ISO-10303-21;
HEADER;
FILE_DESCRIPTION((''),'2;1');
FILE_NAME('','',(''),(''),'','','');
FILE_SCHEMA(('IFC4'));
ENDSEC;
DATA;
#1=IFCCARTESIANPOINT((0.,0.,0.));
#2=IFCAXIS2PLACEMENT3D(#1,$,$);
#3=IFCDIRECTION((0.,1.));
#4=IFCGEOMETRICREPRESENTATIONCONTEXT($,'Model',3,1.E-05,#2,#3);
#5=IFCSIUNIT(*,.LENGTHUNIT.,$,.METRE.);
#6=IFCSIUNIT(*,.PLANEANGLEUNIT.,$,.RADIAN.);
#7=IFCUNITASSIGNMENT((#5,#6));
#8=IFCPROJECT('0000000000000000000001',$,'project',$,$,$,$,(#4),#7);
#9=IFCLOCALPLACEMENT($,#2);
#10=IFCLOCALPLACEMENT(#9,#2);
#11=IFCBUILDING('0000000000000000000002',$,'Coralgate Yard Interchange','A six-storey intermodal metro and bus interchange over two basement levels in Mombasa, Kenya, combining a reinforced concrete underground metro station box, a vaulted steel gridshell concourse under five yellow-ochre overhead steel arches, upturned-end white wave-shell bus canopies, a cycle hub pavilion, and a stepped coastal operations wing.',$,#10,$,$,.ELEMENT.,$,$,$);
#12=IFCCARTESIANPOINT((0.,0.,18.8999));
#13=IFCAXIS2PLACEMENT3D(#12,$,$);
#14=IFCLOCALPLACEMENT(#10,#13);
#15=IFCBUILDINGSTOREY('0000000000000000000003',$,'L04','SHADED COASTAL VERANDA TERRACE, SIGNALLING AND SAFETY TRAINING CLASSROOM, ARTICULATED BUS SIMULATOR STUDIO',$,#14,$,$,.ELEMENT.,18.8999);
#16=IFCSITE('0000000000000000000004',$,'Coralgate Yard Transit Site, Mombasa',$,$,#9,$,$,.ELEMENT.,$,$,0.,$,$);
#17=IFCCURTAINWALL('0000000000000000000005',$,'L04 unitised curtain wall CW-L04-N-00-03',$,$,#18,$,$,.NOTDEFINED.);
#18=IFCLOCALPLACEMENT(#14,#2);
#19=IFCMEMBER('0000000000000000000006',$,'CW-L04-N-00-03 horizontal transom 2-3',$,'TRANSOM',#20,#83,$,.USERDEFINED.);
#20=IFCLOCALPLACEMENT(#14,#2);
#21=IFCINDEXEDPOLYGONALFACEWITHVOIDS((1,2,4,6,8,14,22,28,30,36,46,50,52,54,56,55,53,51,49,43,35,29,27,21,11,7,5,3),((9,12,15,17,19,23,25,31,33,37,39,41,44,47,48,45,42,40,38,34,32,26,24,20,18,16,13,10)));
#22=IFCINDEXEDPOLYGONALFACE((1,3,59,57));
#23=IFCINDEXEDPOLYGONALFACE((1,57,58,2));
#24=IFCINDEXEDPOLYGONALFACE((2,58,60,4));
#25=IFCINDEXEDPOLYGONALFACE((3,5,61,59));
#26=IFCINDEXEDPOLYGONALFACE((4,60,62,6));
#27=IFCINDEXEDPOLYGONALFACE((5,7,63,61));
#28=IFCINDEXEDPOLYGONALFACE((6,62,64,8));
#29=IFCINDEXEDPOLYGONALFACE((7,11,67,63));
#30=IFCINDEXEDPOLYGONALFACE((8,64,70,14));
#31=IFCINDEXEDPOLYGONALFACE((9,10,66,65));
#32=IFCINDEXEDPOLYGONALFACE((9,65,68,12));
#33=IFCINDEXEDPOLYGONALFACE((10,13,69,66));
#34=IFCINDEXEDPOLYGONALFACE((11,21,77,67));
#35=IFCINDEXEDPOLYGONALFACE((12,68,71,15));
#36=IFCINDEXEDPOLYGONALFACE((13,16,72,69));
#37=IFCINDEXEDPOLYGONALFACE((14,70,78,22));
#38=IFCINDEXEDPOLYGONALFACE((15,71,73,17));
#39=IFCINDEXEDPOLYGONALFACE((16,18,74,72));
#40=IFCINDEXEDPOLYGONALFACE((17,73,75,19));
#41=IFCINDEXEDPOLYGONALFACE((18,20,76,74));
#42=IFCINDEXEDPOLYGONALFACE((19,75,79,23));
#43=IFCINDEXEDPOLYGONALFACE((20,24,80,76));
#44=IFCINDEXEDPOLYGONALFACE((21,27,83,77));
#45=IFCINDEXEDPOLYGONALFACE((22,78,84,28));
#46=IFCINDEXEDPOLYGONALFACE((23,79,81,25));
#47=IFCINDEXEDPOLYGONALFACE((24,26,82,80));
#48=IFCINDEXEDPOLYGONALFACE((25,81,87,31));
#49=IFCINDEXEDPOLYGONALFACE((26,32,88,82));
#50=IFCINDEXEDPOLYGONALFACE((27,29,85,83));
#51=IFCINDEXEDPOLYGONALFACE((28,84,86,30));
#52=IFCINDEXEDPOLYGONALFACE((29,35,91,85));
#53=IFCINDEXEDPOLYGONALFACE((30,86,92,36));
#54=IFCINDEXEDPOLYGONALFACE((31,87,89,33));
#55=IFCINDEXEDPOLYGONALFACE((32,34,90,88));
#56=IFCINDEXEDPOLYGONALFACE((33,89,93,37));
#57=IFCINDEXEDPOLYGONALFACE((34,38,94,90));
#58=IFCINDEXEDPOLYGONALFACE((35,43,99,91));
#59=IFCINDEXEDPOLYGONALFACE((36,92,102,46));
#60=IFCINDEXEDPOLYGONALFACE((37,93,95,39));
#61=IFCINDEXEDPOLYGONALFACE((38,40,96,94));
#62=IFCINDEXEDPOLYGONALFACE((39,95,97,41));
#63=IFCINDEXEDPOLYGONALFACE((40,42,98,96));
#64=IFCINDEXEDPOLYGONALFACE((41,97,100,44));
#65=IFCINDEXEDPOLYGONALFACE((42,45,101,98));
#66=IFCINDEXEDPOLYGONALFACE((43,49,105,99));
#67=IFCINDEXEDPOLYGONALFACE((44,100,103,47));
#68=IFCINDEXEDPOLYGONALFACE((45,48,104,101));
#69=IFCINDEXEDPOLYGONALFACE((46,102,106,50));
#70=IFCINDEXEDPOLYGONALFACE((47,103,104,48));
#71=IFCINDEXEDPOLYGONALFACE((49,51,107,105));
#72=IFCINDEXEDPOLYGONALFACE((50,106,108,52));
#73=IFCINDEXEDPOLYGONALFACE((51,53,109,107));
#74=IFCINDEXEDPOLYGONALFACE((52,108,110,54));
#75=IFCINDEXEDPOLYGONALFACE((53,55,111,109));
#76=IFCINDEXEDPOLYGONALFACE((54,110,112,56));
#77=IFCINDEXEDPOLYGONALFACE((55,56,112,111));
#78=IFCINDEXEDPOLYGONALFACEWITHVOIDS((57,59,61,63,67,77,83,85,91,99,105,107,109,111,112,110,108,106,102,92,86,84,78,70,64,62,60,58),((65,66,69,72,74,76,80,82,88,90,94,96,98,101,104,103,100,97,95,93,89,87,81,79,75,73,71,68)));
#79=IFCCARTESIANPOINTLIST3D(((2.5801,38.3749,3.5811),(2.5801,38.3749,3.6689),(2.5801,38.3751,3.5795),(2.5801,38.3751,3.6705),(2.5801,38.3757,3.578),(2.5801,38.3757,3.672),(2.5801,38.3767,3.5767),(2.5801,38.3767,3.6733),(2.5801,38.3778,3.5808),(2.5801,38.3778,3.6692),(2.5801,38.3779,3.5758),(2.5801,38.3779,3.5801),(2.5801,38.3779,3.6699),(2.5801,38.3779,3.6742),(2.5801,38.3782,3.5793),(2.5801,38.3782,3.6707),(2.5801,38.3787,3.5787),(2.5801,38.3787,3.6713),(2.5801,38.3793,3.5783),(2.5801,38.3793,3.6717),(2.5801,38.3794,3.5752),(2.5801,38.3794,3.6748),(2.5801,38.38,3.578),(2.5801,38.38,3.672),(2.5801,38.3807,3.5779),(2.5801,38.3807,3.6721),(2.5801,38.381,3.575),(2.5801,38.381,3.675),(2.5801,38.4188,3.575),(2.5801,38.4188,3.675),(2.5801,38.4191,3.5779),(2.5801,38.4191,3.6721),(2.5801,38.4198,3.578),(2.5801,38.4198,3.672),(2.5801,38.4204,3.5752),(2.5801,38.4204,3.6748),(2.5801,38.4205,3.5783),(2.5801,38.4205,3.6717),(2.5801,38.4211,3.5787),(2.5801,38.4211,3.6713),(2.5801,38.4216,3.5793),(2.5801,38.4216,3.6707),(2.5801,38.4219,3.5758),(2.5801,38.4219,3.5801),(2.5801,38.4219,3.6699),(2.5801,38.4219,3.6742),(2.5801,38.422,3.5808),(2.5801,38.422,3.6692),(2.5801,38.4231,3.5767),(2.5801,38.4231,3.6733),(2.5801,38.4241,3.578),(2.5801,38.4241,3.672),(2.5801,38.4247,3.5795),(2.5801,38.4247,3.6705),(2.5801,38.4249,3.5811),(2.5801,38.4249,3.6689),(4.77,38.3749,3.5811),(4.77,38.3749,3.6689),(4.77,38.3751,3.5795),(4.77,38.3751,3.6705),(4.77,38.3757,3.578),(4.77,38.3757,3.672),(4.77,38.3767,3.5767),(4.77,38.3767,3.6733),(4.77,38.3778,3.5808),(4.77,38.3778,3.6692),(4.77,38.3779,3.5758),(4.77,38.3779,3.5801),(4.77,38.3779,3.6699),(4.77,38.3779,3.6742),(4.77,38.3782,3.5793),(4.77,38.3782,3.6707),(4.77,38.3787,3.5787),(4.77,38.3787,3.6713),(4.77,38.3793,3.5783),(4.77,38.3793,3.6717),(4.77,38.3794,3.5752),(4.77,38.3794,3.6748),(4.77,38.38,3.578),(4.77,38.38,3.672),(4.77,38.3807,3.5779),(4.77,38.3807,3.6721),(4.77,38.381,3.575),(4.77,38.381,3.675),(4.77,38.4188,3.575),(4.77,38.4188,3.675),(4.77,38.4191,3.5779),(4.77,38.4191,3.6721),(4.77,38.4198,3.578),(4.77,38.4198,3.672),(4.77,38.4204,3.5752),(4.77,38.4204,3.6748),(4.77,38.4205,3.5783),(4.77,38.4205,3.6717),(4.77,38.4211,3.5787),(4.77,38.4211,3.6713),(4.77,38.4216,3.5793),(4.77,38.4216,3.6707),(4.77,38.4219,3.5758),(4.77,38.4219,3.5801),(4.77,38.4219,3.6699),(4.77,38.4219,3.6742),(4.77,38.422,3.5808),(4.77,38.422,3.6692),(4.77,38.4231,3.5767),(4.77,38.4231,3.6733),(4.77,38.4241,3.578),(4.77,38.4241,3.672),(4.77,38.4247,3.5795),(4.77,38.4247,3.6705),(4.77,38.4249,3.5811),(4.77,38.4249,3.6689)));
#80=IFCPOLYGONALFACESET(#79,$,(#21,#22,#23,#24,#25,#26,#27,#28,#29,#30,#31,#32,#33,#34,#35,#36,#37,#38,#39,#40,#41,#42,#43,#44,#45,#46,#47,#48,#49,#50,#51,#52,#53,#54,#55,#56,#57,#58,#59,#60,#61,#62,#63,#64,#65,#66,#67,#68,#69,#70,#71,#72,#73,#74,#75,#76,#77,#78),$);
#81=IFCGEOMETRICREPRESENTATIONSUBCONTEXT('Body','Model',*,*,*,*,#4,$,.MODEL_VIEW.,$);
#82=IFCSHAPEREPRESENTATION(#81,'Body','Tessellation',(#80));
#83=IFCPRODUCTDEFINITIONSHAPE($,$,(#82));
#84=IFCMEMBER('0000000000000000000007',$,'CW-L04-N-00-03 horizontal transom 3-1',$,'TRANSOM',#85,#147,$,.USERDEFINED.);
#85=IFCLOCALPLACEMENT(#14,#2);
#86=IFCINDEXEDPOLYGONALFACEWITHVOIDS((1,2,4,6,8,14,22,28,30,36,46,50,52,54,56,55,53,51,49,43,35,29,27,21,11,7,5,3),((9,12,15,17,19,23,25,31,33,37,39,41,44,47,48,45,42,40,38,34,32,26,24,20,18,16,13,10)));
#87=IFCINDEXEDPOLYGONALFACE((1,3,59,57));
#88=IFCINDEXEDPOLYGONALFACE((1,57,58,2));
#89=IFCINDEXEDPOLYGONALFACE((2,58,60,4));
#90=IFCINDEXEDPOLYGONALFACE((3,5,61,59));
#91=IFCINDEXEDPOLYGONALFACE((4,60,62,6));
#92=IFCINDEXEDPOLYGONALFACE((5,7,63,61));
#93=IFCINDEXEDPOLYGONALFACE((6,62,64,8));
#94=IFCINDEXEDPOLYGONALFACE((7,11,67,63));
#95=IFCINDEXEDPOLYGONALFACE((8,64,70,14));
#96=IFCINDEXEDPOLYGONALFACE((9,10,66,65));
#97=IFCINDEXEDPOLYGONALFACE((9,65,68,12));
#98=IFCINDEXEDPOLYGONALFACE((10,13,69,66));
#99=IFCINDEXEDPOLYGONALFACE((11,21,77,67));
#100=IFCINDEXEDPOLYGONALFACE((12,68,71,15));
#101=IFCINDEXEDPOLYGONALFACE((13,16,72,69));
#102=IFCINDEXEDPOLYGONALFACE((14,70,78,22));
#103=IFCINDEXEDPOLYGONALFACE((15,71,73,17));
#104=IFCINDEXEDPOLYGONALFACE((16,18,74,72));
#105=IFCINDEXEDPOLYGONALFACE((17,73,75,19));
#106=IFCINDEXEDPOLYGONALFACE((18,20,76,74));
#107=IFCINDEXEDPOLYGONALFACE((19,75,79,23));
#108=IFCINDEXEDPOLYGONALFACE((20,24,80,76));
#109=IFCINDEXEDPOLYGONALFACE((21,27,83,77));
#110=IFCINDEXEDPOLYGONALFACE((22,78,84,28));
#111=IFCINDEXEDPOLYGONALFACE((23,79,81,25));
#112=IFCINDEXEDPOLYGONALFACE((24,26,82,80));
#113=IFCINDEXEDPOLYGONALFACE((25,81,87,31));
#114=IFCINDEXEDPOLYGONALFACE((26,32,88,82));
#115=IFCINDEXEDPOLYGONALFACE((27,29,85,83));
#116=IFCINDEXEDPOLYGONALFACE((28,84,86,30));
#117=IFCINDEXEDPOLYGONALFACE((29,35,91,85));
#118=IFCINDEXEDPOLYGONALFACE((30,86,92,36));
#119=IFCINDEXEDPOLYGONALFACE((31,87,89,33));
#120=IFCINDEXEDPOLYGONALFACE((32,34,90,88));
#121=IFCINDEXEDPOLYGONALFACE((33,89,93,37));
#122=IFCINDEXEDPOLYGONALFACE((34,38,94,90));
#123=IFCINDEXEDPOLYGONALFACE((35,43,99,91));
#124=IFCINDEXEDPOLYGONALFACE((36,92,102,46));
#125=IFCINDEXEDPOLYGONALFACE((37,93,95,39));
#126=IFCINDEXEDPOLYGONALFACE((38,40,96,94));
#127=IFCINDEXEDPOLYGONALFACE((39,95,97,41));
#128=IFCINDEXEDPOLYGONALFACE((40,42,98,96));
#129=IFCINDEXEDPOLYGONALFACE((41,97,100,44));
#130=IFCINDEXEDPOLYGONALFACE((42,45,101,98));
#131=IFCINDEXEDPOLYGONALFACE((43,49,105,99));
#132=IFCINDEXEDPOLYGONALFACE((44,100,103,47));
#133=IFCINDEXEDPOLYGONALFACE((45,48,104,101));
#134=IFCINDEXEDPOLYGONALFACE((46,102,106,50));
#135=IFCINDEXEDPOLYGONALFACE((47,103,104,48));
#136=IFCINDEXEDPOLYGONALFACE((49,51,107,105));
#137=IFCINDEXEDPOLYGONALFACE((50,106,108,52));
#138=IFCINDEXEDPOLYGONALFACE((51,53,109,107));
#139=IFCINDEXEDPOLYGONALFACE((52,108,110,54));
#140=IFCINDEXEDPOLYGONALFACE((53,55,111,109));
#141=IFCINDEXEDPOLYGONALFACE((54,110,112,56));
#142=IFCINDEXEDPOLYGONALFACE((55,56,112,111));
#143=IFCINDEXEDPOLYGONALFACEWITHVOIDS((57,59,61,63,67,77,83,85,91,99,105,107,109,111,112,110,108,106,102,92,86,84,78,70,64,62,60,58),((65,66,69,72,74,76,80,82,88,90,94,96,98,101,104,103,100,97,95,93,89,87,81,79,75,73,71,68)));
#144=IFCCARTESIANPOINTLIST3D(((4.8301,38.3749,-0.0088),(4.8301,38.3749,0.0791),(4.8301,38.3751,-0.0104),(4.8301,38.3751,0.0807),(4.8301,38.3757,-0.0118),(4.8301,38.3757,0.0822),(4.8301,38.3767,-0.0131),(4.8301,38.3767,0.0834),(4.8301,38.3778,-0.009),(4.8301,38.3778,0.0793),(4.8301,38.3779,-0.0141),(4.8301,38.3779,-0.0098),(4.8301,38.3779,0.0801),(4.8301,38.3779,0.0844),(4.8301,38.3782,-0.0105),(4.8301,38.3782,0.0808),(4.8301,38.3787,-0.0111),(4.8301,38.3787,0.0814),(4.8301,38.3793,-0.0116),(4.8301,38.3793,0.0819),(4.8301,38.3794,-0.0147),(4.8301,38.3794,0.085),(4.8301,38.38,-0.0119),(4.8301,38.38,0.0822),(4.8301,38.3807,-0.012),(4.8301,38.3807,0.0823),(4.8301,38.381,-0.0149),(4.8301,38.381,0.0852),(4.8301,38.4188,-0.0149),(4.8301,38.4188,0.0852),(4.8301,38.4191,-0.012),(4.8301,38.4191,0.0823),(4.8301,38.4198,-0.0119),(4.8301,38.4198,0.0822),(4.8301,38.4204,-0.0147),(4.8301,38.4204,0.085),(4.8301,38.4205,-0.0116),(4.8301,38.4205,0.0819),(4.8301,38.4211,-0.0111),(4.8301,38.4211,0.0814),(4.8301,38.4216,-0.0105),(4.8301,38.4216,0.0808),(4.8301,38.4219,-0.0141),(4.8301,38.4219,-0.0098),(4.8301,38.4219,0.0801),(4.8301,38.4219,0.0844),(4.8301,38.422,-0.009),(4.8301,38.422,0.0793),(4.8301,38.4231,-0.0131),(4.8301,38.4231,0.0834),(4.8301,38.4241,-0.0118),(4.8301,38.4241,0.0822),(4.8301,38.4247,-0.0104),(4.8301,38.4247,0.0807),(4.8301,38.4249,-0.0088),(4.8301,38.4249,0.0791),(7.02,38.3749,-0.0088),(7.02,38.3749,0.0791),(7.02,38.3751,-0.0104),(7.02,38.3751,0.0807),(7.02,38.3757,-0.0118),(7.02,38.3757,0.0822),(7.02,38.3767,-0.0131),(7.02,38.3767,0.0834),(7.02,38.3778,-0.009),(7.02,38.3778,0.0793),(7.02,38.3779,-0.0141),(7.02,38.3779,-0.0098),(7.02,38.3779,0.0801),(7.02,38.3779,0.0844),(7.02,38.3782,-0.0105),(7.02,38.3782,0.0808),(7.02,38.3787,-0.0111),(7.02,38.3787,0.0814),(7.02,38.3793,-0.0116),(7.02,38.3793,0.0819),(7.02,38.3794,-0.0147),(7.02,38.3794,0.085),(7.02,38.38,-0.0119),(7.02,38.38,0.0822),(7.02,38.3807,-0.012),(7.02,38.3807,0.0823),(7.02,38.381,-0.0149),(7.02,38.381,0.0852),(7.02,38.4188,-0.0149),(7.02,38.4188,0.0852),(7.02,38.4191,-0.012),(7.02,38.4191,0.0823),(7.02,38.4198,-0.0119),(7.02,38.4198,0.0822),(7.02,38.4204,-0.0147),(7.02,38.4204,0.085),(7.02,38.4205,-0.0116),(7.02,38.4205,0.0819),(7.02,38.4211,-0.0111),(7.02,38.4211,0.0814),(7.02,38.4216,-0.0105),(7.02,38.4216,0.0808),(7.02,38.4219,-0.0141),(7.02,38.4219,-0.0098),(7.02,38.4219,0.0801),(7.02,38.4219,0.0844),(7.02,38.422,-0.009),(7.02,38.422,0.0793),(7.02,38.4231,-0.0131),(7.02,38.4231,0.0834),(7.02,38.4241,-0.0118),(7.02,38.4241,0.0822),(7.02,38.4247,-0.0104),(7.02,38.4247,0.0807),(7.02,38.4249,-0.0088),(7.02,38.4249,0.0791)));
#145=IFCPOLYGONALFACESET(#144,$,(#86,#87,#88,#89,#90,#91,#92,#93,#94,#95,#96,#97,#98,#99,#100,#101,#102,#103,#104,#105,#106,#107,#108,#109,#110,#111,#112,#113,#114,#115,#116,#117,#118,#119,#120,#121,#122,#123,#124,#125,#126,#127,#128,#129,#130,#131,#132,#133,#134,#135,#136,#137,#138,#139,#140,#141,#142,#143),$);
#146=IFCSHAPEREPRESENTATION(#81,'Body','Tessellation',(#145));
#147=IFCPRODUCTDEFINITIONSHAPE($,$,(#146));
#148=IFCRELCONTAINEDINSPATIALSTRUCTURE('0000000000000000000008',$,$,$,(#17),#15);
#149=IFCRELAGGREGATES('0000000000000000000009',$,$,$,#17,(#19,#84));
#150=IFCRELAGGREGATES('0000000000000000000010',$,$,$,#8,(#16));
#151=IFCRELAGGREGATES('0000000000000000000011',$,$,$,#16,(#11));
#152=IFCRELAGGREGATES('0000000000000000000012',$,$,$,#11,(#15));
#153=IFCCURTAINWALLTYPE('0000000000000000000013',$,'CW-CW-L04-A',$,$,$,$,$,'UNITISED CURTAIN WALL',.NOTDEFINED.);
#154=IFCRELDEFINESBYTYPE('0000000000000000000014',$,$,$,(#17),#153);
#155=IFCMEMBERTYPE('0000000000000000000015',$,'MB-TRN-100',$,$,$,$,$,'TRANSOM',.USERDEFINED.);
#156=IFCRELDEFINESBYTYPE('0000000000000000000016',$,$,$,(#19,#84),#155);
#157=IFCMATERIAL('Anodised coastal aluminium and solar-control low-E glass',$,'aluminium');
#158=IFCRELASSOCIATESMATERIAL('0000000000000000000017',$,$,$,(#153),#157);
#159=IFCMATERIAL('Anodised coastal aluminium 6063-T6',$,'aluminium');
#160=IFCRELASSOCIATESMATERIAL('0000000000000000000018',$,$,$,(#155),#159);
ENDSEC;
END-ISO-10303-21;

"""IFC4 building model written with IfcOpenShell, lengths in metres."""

from ifc_helpers import new_model, si_unit, direction, frame, origin, origin_2d, place, context, subcontext, project, spatial, hollow_rectangle, extrude, material, material_profile, profile_set, type_object, element, aggregate, save


model = new_model("IFC4")

# Units and contexts
model_context = context("Model", 3, precision=1e-05, world=origin(), true_north=direction((0.0, 1.0)))
body_context = subcontext(model_context, "Body", "Model", "MODEL_VIEW")
ifc_project = project(units=[si_unit("LENGTHUNIT", "METRE"), si_unit("PLANEANGLEUNIT", "RADIAN")], contexts=[model_context])

# Site, building, storey
site_placement = place(None, origin())
site = spatial("IfcSite", under=ifc_project, at=site_placement, Name="Coralgate Yard Transit Site, Mombasa", CompositionType="ELEMENT", RefElevation=0.0)
building_placement = place(site_placement, origin())
building = spatial("IfcBuilding", under=site, at=building_placement, Name="Coralgate Yard Interchange", Description="A six-storey intermodal metro and bus interchange over two basement levels in Mombasa, Kenya, combining a reinforced concrete underground metro station box, a vaulted steel gridshell concourse under five yellow-ochre overhead steel arches, upturned-end white wave-shell bus canopies, a cycle hub pavilion, and a stepped coastal operations wing.", CompositionType="ELEMENT")
storey_placement = place(building_placement, frame((0.0, 0.0, 18.8999)))
storey = spatial("IfcBuildingStorey", under=building, at=storey_placement, Name="L04", Description="SHADED COASTAL VERANDA TERRACE, SIGNALLING AND SAFETY TRAINING CLASSROOM, ARTICULATED BUS SIMULATOR STUDIO", CompositionType="ELEMENT", Elevation=18.8999)

# Curtain wall
ifc_material_1 = material(Name="Anodised coastal aluminium and solar-control low-E glass", Category="aluminium")
curtain_wall_type = type_object("IfcCurtainWallType", Name="CW-CW-L04-A", ElementType="UNITISED CURTAIN WALL", PredefinedType="NOTDEFINED", material=ifc_material_1)
ifc_material_2 = material(Name="Anodised coastal aluminium 6063-T6", Category="aluminium")
curtain_wall_1_placement = place(storey_placement, origin())
curtain_wall_1 = element("IfcCurtainWall", 1, at=curtain_wall_1_placement, inside=storey, type_object=curtain_wall_type, Name="L04 unitised curtain wall CW-L04-N-00-03", PredefinedType="NOTDEFINED")

# Members
ifc_material_profile_1 = material_profile(ifc_material_2, hollow_rectangle(XDim=0.05, YDim=0.1001, WallThickness=0.0029, InnerFilletRadius=0.0029, OuterFilletRadius=0.0061, at=origin_2d()), Name="ALU 50x100x3")
ifc_profile_set_1 = profile_set([ifc_material_profile_1], Name="Anodised coastal aluminium 6063-T6")
member_type_1 = type_object("IfcMemberType", Name="MB-TRN-100", ElementType="TRANSOM", PredefinedType="USERDEFINED", material=ifc_profile_set_1)
member_1_placement = place(storey_placement, frame((2.5801, 38.3999, 3.625), z_axis=(1.0, 0.0, 0.0), x_axis=(0.0, 1.0, 0.0)))
member_1 = element("IfcMember", 2, at=member_1_placement, type_object=member_type_1, Name="CW-L04-N-00-03 horizontal transom 2-3", ObjectType="TRANSOM", PredefinedType="USERDEFINED", context=body_context, shape_type="SweptSolid", body=[
    extrude(hollow_rectangle(XDim=0.05, YDim=0.1001, WallThickness=0.0029, InnerFilletRadius=0.0029, OuterFilletRadius=0.0061, at=origin_2d()), origin(), (0.0, 0.0, 1.0), 2.1899),
])
member_2_placement = place(storey_placement, frame((4.8301, 38.3999, 0.0352), z_axis=(1.0, 0.0, 0.0), x_axis=(0.0, 1.0, 0.0)))
member_2 = element("IfcMember", 3, at=member_2_placement, type_object=member_type_1, Name="CW-L04-N-00-03 horizontal transom 3-1", ObjectType="TRANSOM", PredefinedType="USERDEFINED", context=body_context, shape_type="SweptSolid", body=[
    extrude(hollow_rectangle(XDim=0.05, YDim=0.1001, WallThickness=0.0029, InnerFilletRadius=0.0029, OuterFilletRadius=0.0061, at=origin_2d()), origin(), (0.0, 0.0, 1.0), 2.1899),
])

aggregate(curtain_wall_1, [member_1, member_2])

save(model, "model.ifc")
